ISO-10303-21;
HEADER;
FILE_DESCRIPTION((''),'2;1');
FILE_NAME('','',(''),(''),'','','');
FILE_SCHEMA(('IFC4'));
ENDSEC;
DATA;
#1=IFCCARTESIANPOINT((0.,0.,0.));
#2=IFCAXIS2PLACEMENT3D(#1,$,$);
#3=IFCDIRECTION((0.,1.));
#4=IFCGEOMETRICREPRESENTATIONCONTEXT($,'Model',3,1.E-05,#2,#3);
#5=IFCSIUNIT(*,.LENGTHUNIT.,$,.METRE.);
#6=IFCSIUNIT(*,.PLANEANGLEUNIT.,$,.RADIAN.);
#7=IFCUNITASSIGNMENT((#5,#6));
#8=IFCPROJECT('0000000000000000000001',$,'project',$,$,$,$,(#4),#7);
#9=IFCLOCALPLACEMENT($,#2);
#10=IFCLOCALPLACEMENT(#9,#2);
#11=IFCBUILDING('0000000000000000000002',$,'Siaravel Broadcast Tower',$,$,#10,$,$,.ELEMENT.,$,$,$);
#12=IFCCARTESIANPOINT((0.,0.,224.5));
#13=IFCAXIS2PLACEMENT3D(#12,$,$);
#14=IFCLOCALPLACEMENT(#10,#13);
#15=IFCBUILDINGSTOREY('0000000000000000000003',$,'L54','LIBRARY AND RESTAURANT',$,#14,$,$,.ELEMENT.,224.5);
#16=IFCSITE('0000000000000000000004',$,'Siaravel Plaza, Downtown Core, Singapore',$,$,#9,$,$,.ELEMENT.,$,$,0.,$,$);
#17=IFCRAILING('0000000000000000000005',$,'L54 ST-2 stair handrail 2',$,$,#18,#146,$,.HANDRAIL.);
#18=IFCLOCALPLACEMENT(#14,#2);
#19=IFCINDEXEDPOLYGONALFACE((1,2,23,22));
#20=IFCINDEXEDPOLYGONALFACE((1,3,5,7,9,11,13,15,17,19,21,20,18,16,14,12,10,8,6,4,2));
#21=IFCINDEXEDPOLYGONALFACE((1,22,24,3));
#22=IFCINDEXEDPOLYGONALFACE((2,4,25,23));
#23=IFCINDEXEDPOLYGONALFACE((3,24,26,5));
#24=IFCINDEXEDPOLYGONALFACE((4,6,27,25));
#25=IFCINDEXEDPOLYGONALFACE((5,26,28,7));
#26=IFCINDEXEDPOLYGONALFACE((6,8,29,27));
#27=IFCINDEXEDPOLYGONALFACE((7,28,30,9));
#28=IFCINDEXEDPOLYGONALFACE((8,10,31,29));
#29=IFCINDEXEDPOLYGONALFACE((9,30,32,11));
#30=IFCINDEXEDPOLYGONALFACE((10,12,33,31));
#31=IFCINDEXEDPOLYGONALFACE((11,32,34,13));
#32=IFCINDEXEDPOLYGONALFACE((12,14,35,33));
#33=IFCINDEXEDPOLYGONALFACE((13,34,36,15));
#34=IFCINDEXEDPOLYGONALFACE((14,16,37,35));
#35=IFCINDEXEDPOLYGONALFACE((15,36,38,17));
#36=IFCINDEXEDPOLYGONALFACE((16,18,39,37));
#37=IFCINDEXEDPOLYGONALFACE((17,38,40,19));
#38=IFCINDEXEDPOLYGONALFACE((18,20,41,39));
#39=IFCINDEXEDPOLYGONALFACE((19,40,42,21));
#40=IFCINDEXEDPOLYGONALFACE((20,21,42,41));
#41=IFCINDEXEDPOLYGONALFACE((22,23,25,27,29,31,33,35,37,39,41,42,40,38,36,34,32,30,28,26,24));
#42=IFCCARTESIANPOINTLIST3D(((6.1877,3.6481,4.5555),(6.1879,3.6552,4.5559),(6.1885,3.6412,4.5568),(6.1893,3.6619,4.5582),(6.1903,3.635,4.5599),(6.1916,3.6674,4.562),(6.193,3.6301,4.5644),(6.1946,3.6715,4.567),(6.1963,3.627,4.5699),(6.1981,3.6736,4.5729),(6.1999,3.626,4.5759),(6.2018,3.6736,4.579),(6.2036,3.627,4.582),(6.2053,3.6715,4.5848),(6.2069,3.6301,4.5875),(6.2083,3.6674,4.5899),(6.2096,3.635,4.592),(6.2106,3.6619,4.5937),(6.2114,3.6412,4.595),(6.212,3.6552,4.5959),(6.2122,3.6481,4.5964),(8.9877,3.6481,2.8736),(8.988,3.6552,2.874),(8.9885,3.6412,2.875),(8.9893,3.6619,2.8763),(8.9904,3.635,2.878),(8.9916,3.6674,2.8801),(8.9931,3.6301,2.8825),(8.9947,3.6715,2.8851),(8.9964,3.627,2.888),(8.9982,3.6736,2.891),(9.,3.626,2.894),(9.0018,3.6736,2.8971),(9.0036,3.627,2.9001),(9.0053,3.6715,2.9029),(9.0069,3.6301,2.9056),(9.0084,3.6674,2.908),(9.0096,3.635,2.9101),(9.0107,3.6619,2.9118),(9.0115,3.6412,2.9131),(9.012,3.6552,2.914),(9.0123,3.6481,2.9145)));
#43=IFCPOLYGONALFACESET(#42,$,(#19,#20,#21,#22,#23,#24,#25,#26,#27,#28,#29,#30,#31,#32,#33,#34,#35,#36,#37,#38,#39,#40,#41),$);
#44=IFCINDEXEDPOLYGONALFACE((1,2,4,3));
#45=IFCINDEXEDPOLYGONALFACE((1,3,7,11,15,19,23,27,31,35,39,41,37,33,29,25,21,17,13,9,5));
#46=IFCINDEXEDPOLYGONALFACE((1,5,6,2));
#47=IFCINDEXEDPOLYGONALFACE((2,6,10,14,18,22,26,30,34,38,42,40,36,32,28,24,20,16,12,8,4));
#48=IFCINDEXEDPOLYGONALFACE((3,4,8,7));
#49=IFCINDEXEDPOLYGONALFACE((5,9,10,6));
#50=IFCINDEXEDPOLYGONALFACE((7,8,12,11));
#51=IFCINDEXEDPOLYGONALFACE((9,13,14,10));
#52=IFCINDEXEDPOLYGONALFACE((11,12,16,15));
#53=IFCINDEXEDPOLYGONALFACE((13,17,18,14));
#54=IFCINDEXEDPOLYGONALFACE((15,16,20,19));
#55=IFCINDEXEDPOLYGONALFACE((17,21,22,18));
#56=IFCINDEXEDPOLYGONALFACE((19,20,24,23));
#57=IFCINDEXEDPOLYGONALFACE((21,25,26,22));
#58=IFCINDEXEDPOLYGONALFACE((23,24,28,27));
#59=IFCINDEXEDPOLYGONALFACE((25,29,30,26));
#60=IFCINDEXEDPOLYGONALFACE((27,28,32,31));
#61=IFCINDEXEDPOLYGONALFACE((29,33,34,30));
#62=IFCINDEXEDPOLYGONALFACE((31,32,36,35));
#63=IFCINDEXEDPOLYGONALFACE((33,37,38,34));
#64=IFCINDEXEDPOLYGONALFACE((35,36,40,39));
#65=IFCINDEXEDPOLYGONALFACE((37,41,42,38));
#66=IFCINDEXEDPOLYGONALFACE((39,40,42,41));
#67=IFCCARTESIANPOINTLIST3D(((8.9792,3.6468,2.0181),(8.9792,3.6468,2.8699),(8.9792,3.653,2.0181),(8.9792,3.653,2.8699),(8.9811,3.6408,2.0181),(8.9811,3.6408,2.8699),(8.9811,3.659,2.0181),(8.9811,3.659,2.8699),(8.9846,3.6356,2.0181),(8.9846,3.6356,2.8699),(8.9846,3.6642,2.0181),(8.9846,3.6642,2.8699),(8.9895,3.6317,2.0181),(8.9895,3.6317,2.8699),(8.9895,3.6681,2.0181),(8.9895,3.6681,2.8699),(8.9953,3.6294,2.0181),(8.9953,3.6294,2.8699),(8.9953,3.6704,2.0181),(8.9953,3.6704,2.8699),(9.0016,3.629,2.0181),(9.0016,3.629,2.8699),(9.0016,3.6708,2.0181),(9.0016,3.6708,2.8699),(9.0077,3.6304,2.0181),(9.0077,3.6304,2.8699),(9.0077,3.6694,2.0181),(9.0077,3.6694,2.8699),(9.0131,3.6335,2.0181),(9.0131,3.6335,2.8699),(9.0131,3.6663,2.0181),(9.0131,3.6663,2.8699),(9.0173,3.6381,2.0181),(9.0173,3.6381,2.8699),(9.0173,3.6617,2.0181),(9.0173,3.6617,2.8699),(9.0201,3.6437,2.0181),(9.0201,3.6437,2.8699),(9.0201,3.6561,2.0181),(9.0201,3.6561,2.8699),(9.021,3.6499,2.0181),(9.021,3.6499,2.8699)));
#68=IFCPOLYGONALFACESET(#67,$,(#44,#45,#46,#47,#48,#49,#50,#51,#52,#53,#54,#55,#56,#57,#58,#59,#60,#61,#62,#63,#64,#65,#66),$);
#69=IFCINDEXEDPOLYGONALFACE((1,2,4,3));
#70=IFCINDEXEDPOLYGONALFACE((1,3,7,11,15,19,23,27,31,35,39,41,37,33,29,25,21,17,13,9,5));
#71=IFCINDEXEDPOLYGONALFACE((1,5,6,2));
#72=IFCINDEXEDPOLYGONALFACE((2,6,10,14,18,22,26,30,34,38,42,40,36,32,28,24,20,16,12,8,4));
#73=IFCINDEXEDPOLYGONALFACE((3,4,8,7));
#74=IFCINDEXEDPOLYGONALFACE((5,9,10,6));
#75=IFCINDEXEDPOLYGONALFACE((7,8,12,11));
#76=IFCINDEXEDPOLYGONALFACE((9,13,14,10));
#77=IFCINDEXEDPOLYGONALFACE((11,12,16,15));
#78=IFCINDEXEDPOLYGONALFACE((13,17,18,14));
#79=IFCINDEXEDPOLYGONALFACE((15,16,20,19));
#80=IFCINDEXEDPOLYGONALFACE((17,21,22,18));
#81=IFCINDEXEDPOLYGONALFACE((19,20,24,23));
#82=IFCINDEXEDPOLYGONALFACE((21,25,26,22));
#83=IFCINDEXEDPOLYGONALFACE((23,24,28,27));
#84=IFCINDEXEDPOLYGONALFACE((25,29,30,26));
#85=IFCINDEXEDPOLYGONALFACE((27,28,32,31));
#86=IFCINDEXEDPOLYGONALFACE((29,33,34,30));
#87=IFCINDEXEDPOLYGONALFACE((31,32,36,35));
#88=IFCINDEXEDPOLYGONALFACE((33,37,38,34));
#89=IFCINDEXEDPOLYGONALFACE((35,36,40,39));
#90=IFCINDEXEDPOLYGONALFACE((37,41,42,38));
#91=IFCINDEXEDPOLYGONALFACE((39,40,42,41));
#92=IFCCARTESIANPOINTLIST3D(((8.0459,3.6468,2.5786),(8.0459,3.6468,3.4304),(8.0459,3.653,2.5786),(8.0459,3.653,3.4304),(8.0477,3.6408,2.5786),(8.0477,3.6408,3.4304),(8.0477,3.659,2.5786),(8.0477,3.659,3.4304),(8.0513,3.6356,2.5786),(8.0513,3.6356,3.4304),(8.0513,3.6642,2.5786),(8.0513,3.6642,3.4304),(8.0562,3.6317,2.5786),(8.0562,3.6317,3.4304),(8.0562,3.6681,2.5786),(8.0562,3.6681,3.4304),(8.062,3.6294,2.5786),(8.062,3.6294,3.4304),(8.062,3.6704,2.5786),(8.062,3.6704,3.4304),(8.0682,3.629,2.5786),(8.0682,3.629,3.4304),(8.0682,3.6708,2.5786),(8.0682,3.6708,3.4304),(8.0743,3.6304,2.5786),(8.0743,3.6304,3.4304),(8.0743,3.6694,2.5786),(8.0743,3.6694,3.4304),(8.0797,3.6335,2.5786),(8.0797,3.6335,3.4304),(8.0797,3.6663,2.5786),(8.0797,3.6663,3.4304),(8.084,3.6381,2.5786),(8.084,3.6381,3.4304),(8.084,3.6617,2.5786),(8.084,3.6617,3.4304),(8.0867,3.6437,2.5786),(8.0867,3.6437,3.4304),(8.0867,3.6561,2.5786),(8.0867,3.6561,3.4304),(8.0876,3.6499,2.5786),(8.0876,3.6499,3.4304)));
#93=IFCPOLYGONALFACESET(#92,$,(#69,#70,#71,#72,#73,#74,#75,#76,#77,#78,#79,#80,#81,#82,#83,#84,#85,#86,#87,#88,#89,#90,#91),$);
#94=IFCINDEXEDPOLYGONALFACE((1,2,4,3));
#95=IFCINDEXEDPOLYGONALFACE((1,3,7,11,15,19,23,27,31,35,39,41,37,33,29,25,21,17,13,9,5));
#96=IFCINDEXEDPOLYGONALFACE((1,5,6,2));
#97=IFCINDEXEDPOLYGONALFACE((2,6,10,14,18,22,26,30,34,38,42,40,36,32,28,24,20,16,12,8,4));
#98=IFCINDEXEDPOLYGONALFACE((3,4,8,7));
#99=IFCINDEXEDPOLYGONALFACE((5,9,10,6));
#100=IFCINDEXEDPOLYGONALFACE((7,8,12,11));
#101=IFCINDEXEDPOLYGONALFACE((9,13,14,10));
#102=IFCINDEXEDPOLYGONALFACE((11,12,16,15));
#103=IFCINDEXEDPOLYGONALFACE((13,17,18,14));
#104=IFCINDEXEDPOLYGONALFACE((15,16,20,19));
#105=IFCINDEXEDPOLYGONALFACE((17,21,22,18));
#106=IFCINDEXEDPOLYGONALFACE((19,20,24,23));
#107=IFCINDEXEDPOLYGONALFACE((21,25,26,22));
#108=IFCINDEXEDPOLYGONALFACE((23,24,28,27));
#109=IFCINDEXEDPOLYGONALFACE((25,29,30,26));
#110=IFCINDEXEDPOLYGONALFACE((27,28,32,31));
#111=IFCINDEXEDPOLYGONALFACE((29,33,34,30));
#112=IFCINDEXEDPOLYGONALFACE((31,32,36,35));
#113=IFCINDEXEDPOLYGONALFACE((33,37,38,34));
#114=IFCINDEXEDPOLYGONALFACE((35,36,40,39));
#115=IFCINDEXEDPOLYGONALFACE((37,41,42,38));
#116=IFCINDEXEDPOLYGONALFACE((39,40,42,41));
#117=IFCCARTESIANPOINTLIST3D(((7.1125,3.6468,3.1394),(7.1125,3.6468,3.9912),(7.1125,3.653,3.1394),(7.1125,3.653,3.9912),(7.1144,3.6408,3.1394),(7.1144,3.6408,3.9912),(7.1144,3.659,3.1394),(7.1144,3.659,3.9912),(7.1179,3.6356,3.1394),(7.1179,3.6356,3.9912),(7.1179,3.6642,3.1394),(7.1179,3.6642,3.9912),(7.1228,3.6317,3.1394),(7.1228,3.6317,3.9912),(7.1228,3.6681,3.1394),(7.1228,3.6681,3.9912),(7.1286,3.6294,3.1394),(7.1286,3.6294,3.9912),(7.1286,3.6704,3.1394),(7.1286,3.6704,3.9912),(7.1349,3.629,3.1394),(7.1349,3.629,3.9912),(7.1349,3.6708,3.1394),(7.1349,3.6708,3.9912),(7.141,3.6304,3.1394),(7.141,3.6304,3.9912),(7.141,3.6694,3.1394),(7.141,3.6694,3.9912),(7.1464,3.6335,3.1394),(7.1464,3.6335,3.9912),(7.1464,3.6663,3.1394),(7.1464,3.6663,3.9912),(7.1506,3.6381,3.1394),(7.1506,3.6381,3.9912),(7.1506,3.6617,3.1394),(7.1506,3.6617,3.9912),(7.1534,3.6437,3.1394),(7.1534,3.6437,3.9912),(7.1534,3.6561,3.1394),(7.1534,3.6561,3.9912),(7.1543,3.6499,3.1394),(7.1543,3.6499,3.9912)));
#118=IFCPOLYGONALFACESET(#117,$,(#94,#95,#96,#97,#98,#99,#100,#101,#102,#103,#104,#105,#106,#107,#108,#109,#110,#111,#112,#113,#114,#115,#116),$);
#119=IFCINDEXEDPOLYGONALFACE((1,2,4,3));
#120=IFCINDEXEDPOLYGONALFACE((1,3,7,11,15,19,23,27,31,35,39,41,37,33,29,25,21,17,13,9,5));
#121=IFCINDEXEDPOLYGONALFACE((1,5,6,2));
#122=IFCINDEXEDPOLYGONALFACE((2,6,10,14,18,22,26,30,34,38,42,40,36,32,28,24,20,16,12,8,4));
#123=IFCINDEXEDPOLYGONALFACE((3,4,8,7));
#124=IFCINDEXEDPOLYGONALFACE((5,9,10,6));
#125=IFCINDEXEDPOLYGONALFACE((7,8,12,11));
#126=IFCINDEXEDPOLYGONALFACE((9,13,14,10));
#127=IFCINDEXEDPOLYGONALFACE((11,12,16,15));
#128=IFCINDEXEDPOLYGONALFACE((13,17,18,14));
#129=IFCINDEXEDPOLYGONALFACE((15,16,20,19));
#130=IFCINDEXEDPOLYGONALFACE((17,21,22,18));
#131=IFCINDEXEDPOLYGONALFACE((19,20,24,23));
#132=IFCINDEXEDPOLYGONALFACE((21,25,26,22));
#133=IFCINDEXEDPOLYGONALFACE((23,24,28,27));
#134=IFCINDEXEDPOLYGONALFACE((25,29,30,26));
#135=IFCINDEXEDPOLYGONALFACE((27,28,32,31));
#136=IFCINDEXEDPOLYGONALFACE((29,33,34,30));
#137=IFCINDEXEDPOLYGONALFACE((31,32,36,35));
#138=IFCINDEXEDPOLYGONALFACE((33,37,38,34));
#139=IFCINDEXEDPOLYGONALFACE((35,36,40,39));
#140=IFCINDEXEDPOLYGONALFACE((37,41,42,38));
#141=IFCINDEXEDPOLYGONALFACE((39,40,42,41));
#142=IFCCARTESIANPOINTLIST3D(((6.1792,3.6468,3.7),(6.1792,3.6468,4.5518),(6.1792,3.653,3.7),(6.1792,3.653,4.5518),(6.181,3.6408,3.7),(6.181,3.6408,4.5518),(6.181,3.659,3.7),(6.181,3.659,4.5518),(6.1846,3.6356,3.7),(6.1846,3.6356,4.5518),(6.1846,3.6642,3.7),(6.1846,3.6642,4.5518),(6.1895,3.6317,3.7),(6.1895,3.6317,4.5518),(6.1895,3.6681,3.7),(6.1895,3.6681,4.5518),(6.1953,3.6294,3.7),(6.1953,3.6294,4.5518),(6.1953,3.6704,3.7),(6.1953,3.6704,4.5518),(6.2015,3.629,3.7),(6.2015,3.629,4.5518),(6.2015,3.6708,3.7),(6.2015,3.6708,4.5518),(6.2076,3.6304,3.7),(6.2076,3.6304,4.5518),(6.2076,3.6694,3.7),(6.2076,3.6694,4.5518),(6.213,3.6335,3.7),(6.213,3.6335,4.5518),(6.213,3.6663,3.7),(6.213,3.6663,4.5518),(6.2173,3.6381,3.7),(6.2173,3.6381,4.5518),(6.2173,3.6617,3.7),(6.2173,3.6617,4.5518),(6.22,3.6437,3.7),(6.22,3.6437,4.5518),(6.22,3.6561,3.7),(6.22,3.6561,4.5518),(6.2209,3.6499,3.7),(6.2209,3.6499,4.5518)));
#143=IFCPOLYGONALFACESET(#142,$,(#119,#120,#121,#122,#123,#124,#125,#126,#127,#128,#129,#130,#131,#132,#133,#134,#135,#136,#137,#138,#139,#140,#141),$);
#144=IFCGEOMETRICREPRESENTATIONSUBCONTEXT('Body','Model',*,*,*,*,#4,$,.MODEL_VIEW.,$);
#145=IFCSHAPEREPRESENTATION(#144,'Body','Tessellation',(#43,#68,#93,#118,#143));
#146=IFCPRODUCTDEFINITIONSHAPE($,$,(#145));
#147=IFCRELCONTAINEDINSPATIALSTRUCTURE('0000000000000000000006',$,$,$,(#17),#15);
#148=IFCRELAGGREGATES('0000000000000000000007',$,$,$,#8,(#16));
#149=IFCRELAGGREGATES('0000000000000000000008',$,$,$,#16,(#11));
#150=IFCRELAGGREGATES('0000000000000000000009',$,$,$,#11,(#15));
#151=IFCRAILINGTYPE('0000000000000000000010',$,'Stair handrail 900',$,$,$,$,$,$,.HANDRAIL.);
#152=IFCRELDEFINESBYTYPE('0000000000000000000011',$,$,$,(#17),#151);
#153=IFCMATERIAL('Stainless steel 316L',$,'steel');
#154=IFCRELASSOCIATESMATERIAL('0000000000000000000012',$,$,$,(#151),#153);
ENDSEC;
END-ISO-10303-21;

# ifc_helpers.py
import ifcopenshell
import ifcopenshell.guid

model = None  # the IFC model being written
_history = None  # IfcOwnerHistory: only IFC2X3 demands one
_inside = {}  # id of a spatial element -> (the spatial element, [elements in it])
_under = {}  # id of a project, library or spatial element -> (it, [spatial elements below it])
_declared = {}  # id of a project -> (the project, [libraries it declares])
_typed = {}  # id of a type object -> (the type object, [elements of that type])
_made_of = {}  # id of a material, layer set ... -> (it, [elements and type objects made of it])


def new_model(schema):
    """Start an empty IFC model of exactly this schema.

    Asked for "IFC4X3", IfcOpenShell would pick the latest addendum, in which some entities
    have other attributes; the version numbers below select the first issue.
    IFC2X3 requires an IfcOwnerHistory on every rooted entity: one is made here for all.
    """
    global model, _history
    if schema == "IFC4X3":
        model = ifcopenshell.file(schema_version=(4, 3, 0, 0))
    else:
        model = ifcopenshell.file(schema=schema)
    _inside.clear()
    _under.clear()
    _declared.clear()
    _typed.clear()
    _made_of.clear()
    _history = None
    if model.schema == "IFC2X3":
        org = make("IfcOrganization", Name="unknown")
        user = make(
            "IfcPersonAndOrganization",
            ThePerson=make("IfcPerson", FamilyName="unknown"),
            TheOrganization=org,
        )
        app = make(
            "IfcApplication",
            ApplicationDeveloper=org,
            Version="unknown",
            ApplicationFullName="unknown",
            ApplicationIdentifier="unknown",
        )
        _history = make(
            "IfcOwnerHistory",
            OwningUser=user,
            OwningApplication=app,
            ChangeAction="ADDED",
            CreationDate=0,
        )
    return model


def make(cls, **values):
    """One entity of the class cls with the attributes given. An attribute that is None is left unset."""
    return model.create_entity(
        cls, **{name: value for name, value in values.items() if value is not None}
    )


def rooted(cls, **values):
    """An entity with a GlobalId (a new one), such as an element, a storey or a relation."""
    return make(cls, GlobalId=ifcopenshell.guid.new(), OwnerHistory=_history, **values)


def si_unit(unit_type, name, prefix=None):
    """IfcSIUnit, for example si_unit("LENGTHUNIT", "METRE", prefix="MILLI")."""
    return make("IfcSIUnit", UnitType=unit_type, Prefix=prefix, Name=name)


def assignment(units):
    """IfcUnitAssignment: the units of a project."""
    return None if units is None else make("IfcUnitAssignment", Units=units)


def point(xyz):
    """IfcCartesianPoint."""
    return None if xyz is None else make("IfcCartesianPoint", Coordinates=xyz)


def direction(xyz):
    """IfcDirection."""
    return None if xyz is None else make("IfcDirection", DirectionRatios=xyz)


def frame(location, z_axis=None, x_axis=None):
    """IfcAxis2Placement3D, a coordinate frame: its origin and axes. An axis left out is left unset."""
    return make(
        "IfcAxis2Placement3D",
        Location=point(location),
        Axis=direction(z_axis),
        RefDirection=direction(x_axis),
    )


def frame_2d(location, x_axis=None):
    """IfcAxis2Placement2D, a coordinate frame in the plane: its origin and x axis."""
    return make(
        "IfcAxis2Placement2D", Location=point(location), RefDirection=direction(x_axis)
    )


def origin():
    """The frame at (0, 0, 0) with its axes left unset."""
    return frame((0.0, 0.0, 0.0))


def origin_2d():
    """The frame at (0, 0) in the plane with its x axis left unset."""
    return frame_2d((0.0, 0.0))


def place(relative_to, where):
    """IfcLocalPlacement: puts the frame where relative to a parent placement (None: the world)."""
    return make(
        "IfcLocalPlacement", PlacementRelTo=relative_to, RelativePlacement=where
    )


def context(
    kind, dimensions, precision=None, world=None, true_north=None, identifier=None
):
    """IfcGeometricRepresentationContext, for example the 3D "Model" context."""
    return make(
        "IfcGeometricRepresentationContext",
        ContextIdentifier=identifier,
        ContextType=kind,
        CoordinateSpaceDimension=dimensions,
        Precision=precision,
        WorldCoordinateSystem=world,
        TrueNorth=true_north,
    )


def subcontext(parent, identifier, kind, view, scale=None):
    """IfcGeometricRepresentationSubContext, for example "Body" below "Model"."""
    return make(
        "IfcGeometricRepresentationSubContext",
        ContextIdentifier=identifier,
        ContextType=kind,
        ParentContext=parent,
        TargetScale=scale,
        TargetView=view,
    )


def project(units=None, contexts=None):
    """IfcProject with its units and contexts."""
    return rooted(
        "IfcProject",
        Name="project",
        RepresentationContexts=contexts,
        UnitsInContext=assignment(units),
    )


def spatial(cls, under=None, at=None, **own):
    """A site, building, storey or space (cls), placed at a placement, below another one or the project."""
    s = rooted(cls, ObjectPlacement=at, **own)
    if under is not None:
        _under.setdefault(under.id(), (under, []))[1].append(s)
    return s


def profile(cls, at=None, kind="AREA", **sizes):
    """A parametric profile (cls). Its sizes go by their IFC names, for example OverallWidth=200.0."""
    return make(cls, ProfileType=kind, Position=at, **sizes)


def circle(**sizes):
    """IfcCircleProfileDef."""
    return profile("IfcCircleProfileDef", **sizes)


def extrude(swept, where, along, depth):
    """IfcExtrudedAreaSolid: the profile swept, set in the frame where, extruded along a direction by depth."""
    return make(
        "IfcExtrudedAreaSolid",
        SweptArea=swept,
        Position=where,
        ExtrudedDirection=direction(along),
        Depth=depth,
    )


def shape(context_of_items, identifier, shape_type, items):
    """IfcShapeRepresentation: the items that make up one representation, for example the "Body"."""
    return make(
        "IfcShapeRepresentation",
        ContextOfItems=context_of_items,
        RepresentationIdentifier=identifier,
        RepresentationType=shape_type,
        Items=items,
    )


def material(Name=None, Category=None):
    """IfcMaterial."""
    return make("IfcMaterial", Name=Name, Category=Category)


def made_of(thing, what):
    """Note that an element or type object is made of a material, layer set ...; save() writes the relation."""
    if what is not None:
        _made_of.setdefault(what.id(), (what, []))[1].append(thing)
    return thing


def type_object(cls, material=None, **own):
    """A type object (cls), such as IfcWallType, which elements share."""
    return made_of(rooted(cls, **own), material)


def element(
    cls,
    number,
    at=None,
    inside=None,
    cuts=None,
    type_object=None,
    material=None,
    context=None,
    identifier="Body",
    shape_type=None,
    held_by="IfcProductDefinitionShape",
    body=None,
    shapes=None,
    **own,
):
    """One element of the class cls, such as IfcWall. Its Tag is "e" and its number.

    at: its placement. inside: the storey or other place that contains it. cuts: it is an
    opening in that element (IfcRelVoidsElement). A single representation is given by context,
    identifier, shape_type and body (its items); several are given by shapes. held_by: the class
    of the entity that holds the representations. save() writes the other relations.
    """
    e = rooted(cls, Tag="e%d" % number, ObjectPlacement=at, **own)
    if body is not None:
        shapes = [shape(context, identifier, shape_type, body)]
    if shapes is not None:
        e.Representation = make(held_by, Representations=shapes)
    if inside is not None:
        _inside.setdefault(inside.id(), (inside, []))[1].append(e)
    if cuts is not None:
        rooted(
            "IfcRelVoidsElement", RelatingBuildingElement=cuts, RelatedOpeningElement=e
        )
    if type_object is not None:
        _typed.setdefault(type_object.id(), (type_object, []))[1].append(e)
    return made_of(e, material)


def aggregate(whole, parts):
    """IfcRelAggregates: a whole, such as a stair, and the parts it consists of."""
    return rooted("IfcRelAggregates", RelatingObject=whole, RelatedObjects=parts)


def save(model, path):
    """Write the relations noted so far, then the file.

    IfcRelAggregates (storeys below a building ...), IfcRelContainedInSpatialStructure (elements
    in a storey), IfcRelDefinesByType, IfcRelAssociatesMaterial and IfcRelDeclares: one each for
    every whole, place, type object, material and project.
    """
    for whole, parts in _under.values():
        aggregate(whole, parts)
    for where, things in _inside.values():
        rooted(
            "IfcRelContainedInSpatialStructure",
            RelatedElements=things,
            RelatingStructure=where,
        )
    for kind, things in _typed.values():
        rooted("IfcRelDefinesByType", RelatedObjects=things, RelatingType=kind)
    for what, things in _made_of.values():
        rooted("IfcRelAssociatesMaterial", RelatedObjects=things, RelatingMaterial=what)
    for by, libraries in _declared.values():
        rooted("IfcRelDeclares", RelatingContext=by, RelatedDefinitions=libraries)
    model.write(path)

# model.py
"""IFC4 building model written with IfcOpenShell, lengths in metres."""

from ifc_helpers import new_model, si_unit, direction, frame, origin, origin_2d, place, context, subcontext, project, spatial, circle, extrude, material, type_object, element, save


model = new_model("IFC4")

# Units and contexts
model_context = context("Model", 3, precision=1e-05, world=origin(), true_north=direction((0.0, 1.0)))
body_context = subcontext(model_context, "Body", "Model", "MODEL_VIEW")
ifc_project = project(units=[si_unit("LENGTHUNIT", "METRE"), si_unit("PLANEANGLEUNIT", "RADIAN")], contexts=[model_context])

# Site, building, storey
site_placement = place(None, origin())
site = spatial("IfcSite", under=ifc_project, at=site_placement, Name="Siaravel Plaza, Downtown Core, Singapore", CompositionType="ELEMENT", RefElevation=0.0)
building_placement = place(site_placement, origin())
building = spatial("IfcBuilding", under=site, at=building_placement, Name="Siaravel Broadcast Tower", CompositionType="ELEMENT")
storey_placement = place(building_placement, frame((0.0, 0.0, 224.5)))
storey = spatial("IfcBuildingStorey", under=building, at=storey_placement, Name="L54", Description="LIBRARY AND RESTAURANT", CompositionType="ELEMENT", Elevation=224.5)

# Railing
ifc_material_1 = material(Name="Stainless steel 316L", Category="steel")
railing_type_1 = type_object("IfcRailingType", Name="Stair handrail 900", PredefinedType="HANDRAIL", material=ifc_material_1)
railing_1_placement = place(storey_placement, frame((9.0, 3.6499, 2.0181)))
element("IfcRailing", 1, at=railing_1_placement, inside=storey, type_object=railing_type_1, Name="L54 ST-2 stair handrail 2", PredefinedType="HANDRAIL", context=body_context, shape_type="SweptSolid", body=[
    extrude(circle(Radius=0.0239, at=origin_2d()), frame((0.0, 0.0, 0.876), z_axis=(-0.857242, 0.0, 0.514913), x_axis=(0.0, -1.0, 0.0)), (0.0, 0.0, 1.0), 3.2664),
    extrude(circle(Radius=0.021, at=origin_2d()), origin(), (0.0, 0.0, 1.0), 0.8518),
    extrude(circle(Radius=0.021, at=origin_2d()), frame((-0.9333, 0.0, 0.5605)), (0.0, 0.0, 1.0), 0.8518),
    extrude(circle(Radius=0.021, at=origin_2d()), frame((-1.8667, 0.0, 1.1213)), (0.0, 0.0, 1.0), 0.8518),
    extrude(circle(Radius=0.021, at=origin_2d()), frame((-2.8, 0.0, 1.6819)), (0.0, 0.0, 1.0), 0.8518),
])

save(model, "model.ifc")
